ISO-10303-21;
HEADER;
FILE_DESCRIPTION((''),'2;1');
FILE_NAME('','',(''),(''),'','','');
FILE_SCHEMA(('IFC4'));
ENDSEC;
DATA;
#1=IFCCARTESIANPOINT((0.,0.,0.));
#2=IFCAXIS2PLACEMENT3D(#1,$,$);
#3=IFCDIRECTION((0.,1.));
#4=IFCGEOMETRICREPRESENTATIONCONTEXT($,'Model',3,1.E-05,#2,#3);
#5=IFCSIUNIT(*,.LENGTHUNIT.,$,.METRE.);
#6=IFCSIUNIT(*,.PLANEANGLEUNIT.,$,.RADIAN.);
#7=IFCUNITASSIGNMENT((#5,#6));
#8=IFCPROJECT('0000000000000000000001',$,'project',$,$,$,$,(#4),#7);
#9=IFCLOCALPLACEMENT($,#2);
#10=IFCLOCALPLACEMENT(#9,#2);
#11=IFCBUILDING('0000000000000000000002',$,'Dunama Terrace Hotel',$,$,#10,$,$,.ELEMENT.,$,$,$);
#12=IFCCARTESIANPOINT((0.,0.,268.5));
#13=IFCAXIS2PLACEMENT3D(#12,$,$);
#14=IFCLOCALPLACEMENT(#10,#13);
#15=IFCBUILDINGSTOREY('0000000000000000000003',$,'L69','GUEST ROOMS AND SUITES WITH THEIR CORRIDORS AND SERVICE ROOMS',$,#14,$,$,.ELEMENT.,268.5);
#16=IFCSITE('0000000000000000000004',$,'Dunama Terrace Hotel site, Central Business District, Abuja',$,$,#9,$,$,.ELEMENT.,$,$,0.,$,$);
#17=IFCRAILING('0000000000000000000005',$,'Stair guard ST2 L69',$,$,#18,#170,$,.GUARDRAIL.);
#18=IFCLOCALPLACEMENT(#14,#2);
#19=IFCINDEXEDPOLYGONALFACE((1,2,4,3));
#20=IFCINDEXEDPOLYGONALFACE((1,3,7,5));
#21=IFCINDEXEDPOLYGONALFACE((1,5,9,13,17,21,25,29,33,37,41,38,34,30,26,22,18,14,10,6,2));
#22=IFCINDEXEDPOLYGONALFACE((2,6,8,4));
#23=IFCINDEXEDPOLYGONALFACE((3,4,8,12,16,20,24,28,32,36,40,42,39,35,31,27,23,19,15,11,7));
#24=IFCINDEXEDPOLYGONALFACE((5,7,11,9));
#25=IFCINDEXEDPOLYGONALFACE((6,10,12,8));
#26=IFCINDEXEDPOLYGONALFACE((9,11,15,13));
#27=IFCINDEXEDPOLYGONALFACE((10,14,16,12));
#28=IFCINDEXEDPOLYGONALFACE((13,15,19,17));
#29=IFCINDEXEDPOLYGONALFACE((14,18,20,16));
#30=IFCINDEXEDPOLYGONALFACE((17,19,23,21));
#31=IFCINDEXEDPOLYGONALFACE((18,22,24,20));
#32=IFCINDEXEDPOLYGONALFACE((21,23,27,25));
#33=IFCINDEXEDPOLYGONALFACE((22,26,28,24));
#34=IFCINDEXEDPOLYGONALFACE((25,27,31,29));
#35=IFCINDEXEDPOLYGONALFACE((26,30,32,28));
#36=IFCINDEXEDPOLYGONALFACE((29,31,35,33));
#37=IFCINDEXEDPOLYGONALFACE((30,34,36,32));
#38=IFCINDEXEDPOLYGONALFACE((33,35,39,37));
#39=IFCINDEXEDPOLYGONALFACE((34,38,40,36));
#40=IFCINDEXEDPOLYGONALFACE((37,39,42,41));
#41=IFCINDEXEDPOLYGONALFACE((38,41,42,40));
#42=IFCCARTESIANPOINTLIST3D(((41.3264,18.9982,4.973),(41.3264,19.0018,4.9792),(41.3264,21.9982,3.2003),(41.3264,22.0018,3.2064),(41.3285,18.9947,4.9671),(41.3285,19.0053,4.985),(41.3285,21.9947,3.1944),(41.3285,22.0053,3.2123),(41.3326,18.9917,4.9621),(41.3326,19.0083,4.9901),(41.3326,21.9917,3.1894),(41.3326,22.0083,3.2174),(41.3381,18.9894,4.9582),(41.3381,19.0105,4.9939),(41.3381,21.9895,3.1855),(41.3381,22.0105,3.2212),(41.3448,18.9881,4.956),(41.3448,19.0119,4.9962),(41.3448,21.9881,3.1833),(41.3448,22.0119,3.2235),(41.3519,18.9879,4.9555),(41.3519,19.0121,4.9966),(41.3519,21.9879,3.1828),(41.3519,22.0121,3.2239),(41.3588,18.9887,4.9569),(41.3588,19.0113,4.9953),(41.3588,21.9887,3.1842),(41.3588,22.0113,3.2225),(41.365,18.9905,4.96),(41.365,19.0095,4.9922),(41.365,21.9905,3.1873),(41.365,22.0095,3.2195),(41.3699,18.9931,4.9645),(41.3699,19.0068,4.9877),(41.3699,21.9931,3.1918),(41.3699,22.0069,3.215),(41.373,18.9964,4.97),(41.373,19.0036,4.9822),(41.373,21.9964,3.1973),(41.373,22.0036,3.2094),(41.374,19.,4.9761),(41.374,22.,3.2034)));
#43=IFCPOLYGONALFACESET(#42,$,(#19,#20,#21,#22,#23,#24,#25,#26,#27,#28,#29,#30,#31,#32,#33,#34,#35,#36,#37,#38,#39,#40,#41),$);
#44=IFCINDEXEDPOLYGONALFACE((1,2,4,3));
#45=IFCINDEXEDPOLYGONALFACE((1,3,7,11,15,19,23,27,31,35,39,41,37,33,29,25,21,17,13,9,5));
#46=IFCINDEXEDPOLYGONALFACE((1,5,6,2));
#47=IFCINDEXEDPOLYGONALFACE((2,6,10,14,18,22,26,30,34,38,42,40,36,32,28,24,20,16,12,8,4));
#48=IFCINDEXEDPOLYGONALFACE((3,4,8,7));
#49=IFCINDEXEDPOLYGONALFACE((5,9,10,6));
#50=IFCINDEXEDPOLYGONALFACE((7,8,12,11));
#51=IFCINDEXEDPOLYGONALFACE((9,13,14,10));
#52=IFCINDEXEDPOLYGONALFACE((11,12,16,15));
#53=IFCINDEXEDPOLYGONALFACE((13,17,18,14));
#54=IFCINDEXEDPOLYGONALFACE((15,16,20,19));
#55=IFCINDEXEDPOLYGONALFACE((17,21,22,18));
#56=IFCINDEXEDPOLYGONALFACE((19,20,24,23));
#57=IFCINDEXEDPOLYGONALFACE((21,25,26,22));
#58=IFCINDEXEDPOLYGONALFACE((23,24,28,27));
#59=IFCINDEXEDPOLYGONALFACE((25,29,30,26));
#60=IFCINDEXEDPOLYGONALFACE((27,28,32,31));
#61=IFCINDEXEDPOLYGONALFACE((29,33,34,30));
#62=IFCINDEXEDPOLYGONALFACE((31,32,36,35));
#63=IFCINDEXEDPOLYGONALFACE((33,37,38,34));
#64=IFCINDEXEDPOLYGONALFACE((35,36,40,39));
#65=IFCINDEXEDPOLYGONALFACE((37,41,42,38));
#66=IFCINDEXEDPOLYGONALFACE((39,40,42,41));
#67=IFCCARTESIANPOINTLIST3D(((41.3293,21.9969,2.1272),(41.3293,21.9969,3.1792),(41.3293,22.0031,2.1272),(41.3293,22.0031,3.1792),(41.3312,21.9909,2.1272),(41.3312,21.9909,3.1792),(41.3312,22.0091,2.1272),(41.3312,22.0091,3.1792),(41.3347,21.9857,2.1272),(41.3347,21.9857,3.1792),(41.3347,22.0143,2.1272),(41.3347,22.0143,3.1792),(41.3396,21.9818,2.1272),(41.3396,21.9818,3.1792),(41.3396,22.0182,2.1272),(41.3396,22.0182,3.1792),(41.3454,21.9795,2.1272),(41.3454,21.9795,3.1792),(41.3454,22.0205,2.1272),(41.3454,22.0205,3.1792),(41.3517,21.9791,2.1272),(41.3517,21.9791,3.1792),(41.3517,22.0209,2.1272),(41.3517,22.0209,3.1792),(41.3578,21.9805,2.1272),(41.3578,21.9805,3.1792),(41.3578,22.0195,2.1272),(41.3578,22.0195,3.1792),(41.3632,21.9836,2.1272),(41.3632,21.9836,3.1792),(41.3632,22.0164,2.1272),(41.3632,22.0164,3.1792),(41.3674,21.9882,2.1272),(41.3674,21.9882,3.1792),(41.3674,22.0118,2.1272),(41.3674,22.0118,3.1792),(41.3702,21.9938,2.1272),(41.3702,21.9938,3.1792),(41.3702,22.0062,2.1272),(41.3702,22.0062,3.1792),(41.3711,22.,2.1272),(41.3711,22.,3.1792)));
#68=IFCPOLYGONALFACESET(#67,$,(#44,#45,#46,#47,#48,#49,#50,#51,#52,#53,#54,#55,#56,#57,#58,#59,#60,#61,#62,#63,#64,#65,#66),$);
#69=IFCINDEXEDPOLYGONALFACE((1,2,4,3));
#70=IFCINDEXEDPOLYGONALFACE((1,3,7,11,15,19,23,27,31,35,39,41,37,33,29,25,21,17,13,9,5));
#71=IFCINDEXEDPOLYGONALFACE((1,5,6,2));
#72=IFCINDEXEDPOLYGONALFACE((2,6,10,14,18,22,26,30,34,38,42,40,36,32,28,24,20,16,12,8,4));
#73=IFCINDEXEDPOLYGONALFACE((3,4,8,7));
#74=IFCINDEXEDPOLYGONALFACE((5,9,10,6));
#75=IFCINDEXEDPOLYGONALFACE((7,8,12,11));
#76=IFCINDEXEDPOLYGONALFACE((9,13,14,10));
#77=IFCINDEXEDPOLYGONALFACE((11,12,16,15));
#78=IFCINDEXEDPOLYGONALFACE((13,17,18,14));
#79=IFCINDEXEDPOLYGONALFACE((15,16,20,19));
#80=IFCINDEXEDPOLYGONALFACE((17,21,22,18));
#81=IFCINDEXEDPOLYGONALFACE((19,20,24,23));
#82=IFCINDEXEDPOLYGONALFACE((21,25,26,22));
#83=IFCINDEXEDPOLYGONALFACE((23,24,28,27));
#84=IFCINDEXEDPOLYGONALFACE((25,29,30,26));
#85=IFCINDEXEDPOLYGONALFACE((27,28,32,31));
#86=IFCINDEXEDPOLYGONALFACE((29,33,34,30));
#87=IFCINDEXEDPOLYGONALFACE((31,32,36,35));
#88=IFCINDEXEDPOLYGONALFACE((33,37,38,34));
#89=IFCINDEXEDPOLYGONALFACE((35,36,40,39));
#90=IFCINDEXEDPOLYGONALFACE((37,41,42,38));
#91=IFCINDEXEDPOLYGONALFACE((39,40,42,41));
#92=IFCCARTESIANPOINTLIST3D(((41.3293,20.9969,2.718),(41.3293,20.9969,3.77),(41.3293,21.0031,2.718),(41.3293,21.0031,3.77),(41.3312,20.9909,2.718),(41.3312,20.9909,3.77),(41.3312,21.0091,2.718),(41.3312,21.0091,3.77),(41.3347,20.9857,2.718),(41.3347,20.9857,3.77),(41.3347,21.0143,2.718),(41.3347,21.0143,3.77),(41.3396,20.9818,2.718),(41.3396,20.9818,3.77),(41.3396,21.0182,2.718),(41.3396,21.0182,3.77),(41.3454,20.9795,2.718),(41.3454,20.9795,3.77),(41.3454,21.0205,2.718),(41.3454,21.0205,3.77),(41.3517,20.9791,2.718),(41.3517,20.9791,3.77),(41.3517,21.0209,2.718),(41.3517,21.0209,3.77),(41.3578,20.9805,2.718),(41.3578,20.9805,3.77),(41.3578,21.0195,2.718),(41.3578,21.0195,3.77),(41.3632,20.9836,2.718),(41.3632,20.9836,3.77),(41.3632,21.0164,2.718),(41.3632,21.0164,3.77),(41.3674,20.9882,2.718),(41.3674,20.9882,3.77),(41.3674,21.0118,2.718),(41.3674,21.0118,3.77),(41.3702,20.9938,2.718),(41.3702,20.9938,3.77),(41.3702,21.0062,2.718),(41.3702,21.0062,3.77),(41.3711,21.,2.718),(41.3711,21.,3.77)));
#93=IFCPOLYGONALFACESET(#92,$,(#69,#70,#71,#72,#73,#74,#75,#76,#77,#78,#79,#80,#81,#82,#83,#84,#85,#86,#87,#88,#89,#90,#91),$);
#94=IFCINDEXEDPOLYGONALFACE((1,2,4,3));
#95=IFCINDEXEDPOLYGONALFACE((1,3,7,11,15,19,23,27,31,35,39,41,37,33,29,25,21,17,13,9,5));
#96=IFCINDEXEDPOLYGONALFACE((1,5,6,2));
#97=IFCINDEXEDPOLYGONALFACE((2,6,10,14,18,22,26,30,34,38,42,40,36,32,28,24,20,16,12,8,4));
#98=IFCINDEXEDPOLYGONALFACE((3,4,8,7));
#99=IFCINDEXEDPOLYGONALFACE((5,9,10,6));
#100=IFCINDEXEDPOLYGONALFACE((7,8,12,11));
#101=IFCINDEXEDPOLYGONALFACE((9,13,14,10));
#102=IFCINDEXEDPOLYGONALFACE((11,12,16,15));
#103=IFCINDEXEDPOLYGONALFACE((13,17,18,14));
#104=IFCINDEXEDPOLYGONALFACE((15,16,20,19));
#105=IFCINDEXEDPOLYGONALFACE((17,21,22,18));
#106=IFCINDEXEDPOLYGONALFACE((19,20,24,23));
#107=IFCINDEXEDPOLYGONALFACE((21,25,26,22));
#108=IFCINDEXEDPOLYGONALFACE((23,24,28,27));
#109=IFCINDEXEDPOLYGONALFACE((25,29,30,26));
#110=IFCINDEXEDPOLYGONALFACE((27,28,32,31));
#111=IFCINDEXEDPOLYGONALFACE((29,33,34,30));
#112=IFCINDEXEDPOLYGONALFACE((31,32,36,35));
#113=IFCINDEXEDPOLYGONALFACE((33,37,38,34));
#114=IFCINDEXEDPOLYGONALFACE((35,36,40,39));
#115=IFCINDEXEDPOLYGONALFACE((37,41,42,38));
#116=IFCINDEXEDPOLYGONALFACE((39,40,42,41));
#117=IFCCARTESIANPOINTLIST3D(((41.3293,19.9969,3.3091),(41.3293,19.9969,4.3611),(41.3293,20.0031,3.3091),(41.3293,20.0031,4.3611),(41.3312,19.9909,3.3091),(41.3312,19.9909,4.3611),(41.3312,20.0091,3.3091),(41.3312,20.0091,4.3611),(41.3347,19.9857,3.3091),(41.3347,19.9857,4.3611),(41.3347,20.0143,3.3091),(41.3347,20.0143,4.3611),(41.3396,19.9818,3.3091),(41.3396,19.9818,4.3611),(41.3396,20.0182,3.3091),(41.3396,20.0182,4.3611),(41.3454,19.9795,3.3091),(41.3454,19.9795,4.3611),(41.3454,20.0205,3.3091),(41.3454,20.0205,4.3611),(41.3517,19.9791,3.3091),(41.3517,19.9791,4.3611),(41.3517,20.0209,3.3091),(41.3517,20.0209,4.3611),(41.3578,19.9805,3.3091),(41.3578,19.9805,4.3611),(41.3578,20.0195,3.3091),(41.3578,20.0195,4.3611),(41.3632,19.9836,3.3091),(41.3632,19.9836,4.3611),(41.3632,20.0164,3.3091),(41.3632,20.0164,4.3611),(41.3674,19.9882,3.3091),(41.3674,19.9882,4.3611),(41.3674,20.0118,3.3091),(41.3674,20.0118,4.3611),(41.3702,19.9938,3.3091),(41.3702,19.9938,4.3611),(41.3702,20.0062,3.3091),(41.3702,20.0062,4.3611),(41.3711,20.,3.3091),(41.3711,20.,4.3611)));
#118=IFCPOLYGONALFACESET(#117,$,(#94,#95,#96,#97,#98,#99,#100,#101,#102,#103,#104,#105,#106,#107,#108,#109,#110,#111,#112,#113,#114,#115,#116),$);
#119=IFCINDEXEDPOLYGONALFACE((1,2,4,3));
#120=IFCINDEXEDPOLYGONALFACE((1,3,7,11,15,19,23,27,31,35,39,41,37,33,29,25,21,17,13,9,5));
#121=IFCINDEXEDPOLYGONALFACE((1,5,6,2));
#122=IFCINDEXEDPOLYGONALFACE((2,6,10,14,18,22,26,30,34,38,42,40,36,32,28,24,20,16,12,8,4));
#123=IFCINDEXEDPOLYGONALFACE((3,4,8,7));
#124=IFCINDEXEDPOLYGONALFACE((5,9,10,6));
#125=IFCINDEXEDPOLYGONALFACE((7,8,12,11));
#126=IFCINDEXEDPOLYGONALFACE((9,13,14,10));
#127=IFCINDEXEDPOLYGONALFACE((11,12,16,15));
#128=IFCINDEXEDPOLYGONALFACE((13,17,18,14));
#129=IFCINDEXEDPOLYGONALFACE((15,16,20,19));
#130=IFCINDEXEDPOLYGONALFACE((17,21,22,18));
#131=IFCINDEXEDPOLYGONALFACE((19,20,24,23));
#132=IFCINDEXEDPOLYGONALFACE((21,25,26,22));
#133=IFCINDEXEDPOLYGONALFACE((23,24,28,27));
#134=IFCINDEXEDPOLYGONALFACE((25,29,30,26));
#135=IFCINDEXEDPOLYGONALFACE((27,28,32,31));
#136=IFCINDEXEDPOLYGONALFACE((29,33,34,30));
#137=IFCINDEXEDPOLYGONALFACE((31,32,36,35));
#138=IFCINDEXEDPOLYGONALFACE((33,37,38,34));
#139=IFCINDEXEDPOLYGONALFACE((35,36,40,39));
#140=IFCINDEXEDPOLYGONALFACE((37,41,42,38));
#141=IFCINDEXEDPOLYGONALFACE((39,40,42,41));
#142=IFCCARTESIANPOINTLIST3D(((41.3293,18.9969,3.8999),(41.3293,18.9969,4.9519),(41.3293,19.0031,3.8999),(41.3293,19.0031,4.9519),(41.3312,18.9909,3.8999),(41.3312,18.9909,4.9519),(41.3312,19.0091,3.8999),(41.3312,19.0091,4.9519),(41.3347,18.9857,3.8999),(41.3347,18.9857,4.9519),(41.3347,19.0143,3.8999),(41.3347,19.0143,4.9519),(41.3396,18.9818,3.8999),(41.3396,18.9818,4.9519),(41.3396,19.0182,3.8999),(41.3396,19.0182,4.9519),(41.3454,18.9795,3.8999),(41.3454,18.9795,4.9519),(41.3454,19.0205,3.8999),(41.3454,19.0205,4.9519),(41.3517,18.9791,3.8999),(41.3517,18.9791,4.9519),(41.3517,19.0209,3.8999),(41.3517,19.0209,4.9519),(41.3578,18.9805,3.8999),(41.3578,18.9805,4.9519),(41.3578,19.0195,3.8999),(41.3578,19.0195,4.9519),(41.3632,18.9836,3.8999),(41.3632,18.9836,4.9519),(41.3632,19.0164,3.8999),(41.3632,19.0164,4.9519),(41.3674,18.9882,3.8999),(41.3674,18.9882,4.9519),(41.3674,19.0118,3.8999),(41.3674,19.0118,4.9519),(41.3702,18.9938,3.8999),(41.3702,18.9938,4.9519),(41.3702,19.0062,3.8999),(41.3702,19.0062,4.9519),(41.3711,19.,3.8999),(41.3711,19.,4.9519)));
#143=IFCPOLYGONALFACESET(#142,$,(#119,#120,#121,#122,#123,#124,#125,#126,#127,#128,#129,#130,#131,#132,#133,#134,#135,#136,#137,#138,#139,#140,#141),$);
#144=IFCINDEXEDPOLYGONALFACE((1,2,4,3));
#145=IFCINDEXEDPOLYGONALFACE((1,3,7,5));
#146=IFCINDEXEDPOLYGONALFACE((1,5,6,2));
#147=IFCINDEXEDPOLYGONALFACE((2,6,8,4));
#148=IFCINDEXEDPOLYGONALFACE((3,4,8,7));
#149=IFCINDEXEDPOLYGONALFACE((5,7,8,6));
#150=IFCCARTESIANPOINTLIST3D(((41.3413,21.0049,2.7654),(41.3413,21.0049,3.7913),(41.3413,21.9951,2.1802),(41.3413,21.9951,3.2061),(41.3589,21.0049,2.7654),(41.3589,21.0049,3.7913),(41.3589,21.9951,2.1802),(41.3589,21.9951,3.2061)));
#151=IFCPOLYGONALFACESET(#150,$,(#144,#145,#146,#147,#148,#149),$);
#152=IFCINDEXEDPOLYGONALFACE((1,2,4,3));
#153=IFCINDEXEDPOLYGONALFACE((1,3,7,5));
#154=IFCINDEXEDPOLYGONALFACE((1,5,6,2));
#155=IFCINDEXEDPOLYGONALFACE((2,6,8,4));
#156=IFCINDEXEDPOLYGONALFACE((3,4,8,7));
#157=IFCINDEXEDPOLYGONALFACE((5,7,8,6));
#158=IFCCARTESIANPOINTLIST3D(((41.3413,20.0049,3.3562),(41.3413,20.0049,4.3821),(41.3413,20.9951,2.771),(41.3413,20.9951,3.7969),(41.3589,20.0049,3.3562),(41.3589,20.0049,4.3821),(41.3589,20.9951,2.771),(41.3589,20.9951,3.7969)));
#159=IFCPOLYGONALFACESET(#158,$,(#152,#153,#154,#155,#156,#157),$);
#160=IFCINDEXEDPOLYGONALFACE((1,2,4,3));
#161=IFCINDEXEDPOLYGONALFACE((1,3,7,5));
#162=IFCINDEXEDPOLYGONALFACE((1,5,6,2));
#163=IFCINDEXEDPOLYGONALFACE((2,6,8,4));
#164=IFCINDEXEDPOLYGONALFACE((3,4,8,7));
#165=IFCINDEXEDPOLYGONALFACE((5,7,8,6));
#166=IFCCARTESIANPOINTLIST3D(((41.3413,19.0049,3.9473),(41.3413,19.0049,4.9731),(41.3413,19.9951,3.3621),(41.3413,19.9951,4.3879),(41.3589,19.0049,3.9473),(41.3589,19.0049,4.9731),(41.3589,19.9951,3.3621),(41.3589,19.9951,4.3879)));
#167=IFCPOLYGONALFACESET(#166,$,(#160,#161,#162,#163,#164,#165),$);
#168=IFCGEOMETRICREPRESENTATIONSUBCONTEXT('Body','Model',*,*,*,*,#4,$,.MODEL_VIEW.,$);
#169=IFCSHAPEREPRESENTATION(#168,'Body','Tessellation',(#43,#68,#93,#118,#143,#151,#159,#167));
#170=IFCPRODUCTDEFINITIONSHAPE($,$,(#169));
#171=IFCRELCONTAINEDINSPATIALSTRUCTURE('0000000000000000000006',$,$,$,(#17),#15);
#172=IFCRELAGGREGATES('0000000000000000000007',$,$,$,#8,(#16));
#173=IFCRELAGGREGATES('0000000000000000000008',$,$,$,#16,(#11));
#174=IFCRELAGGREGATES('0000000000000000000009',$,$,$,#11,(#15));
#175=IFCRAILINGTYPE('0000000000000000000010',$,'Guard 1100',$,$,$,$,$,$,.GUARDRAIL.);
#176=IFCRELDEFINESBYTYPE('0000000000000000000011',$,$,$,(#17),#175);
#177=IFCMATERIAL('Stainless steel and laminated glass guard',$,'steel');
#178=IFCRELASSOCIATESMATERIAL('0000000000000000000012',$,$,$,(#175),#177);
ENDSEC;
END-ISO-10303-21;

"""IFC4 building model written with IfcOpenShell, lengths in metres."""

from ifc_helpers import new_model, si_unit, direction, frame, origin, origin_2d, place, context, subcontext, project, spatial, polyline, circle, outline, extrude, material, type_object, element, save


model = new_model("IFC4")

# Units and contexts
model_context = context("Model", 3, precision=1e-05, world=origin(), true_north=direction((0.0, 1.0)))
body_context = subcontext(model_context, "Body", "Model", "MODEL_VIEW")
ifc_project = project(units=[si_unit("LENGTHUNIT", "METRE"), si_unit("PLANEANGLEUNIT", "RADIAN")], contexts=[model_context])

# Site, building, storey
site_placement = place(None, origin())
site = spatial("IfcSite", under=ifc_project, at=site_placement, Name="Dunama Terrace Hotel site, Central Business District, Abuja", CompositionType="ELEMENT", RefElevation=0.0)
building_placement = place(site_placement, origin())
building = spatial("IfcBuilding", under=site, at=building_placement, Name="Dunama Terrace Hotel", CompositionType="ELEMENT")
storey_placement = place(building_placement, frame((0.0, 0.0, 268.5)))
storey = spatial("IfcBuildingStorey", under=building, at=storey_placement, Name="L69", Description="GUEST ROOMS AND SUITES WITH THEIR CORRIDORS AND SERVICE ROOMS", CompositionType="ELEMENT", Elevation=268.5)

# Railing
ifc_material_1 = material(Name="Stainless steel and laminated glass guard", Category="steel")
railing_type_1 = type_object("IfcRailingType", Name="Guard 1100", PredefinedType="GUARDRAIL", material=ifc_material_1)
railing_1_placement = place(storey_placement, frame((41.3501, 22.0, 2.1272)))
element("IfcRailing", 1, at=railing_1_placement, inside=storey, type_object=railing_type_1, Name="Stair guard ST2 L69", PredefinedType="GUARDRAIL", context=body_context, shape_type="SweptSolid", body=[
    extrude(circle(Radius=0.0239, at=origin_2d()), frame((0.0, 0.0, 1.0762), z_axis=(0.0, -0.860929, 0.508725), x_axis=(1.0, 0.0, 0.0)), (0.0, 0.0, 1.0), 3.4846),
    extrude(circle(Radius=0.021, at=origin_2d()), origin(), (0.0, 0.0, 1.0), 1.052),
    extrude(circle(Radius=0.021, at=origin_2d()), frame((0.0, -1.0, 0.5908)), (0.0, 0.0, 1.0), 1.052),
    extrude(circle(Radius=0.021, at=origin_2d()), frame((0.0, -2.0, 1.1819)), (0.0, 0.0, 1.0), 1.052),
    extrude(circle(Radius=0.021, at=origin_2d()), frame((0.0, -3.0, 1.7727)), (0.0, 0.0, 1.0), 1.052),
    extrude(outline(polyline([(0.0049, 0.053), (0.9951, 0.6382), (0.9951, 1.6641), (0.0049, 1.0789), (0.0049, 0.053)])), frame((0.0088, 0.0, 0.0), z_axis=(-1.0, 0.0, 0.0), x_axis=(0.0, -1.0, 0.0)), (0.0, 0.0, 1.0), 0.0176),
    extrude(outline(polyline([(0.0049, 0.053), (0.9951, 0.6382), (0.9951, 1.6641), (0.0049, 1.0789), (0.0049, 0.053)])), frame((0.0088, -1.0, 0.5908), z_axis=(-1.0, 0.0, 0.0), x_axis=(0.0, -1.0, 0.0)), (0.0, 0.0, 1.0), 0.0176),
    extrude(outline(polyline([(0.0049, 0.053), (0.9951, 0.6382), (0.9951, 1.6641), (0.0049, 1.0789), (0.0049, 0.053)])), frame((0.0088, -2.0, 1.1819), z_axis=(-1.0, 0.0, 0.0), x_axis=(0.0, -1.0, 0.0)), (0.0, 0.0, 1.0), 0.0176),
])

save(model, "model.ifc")
